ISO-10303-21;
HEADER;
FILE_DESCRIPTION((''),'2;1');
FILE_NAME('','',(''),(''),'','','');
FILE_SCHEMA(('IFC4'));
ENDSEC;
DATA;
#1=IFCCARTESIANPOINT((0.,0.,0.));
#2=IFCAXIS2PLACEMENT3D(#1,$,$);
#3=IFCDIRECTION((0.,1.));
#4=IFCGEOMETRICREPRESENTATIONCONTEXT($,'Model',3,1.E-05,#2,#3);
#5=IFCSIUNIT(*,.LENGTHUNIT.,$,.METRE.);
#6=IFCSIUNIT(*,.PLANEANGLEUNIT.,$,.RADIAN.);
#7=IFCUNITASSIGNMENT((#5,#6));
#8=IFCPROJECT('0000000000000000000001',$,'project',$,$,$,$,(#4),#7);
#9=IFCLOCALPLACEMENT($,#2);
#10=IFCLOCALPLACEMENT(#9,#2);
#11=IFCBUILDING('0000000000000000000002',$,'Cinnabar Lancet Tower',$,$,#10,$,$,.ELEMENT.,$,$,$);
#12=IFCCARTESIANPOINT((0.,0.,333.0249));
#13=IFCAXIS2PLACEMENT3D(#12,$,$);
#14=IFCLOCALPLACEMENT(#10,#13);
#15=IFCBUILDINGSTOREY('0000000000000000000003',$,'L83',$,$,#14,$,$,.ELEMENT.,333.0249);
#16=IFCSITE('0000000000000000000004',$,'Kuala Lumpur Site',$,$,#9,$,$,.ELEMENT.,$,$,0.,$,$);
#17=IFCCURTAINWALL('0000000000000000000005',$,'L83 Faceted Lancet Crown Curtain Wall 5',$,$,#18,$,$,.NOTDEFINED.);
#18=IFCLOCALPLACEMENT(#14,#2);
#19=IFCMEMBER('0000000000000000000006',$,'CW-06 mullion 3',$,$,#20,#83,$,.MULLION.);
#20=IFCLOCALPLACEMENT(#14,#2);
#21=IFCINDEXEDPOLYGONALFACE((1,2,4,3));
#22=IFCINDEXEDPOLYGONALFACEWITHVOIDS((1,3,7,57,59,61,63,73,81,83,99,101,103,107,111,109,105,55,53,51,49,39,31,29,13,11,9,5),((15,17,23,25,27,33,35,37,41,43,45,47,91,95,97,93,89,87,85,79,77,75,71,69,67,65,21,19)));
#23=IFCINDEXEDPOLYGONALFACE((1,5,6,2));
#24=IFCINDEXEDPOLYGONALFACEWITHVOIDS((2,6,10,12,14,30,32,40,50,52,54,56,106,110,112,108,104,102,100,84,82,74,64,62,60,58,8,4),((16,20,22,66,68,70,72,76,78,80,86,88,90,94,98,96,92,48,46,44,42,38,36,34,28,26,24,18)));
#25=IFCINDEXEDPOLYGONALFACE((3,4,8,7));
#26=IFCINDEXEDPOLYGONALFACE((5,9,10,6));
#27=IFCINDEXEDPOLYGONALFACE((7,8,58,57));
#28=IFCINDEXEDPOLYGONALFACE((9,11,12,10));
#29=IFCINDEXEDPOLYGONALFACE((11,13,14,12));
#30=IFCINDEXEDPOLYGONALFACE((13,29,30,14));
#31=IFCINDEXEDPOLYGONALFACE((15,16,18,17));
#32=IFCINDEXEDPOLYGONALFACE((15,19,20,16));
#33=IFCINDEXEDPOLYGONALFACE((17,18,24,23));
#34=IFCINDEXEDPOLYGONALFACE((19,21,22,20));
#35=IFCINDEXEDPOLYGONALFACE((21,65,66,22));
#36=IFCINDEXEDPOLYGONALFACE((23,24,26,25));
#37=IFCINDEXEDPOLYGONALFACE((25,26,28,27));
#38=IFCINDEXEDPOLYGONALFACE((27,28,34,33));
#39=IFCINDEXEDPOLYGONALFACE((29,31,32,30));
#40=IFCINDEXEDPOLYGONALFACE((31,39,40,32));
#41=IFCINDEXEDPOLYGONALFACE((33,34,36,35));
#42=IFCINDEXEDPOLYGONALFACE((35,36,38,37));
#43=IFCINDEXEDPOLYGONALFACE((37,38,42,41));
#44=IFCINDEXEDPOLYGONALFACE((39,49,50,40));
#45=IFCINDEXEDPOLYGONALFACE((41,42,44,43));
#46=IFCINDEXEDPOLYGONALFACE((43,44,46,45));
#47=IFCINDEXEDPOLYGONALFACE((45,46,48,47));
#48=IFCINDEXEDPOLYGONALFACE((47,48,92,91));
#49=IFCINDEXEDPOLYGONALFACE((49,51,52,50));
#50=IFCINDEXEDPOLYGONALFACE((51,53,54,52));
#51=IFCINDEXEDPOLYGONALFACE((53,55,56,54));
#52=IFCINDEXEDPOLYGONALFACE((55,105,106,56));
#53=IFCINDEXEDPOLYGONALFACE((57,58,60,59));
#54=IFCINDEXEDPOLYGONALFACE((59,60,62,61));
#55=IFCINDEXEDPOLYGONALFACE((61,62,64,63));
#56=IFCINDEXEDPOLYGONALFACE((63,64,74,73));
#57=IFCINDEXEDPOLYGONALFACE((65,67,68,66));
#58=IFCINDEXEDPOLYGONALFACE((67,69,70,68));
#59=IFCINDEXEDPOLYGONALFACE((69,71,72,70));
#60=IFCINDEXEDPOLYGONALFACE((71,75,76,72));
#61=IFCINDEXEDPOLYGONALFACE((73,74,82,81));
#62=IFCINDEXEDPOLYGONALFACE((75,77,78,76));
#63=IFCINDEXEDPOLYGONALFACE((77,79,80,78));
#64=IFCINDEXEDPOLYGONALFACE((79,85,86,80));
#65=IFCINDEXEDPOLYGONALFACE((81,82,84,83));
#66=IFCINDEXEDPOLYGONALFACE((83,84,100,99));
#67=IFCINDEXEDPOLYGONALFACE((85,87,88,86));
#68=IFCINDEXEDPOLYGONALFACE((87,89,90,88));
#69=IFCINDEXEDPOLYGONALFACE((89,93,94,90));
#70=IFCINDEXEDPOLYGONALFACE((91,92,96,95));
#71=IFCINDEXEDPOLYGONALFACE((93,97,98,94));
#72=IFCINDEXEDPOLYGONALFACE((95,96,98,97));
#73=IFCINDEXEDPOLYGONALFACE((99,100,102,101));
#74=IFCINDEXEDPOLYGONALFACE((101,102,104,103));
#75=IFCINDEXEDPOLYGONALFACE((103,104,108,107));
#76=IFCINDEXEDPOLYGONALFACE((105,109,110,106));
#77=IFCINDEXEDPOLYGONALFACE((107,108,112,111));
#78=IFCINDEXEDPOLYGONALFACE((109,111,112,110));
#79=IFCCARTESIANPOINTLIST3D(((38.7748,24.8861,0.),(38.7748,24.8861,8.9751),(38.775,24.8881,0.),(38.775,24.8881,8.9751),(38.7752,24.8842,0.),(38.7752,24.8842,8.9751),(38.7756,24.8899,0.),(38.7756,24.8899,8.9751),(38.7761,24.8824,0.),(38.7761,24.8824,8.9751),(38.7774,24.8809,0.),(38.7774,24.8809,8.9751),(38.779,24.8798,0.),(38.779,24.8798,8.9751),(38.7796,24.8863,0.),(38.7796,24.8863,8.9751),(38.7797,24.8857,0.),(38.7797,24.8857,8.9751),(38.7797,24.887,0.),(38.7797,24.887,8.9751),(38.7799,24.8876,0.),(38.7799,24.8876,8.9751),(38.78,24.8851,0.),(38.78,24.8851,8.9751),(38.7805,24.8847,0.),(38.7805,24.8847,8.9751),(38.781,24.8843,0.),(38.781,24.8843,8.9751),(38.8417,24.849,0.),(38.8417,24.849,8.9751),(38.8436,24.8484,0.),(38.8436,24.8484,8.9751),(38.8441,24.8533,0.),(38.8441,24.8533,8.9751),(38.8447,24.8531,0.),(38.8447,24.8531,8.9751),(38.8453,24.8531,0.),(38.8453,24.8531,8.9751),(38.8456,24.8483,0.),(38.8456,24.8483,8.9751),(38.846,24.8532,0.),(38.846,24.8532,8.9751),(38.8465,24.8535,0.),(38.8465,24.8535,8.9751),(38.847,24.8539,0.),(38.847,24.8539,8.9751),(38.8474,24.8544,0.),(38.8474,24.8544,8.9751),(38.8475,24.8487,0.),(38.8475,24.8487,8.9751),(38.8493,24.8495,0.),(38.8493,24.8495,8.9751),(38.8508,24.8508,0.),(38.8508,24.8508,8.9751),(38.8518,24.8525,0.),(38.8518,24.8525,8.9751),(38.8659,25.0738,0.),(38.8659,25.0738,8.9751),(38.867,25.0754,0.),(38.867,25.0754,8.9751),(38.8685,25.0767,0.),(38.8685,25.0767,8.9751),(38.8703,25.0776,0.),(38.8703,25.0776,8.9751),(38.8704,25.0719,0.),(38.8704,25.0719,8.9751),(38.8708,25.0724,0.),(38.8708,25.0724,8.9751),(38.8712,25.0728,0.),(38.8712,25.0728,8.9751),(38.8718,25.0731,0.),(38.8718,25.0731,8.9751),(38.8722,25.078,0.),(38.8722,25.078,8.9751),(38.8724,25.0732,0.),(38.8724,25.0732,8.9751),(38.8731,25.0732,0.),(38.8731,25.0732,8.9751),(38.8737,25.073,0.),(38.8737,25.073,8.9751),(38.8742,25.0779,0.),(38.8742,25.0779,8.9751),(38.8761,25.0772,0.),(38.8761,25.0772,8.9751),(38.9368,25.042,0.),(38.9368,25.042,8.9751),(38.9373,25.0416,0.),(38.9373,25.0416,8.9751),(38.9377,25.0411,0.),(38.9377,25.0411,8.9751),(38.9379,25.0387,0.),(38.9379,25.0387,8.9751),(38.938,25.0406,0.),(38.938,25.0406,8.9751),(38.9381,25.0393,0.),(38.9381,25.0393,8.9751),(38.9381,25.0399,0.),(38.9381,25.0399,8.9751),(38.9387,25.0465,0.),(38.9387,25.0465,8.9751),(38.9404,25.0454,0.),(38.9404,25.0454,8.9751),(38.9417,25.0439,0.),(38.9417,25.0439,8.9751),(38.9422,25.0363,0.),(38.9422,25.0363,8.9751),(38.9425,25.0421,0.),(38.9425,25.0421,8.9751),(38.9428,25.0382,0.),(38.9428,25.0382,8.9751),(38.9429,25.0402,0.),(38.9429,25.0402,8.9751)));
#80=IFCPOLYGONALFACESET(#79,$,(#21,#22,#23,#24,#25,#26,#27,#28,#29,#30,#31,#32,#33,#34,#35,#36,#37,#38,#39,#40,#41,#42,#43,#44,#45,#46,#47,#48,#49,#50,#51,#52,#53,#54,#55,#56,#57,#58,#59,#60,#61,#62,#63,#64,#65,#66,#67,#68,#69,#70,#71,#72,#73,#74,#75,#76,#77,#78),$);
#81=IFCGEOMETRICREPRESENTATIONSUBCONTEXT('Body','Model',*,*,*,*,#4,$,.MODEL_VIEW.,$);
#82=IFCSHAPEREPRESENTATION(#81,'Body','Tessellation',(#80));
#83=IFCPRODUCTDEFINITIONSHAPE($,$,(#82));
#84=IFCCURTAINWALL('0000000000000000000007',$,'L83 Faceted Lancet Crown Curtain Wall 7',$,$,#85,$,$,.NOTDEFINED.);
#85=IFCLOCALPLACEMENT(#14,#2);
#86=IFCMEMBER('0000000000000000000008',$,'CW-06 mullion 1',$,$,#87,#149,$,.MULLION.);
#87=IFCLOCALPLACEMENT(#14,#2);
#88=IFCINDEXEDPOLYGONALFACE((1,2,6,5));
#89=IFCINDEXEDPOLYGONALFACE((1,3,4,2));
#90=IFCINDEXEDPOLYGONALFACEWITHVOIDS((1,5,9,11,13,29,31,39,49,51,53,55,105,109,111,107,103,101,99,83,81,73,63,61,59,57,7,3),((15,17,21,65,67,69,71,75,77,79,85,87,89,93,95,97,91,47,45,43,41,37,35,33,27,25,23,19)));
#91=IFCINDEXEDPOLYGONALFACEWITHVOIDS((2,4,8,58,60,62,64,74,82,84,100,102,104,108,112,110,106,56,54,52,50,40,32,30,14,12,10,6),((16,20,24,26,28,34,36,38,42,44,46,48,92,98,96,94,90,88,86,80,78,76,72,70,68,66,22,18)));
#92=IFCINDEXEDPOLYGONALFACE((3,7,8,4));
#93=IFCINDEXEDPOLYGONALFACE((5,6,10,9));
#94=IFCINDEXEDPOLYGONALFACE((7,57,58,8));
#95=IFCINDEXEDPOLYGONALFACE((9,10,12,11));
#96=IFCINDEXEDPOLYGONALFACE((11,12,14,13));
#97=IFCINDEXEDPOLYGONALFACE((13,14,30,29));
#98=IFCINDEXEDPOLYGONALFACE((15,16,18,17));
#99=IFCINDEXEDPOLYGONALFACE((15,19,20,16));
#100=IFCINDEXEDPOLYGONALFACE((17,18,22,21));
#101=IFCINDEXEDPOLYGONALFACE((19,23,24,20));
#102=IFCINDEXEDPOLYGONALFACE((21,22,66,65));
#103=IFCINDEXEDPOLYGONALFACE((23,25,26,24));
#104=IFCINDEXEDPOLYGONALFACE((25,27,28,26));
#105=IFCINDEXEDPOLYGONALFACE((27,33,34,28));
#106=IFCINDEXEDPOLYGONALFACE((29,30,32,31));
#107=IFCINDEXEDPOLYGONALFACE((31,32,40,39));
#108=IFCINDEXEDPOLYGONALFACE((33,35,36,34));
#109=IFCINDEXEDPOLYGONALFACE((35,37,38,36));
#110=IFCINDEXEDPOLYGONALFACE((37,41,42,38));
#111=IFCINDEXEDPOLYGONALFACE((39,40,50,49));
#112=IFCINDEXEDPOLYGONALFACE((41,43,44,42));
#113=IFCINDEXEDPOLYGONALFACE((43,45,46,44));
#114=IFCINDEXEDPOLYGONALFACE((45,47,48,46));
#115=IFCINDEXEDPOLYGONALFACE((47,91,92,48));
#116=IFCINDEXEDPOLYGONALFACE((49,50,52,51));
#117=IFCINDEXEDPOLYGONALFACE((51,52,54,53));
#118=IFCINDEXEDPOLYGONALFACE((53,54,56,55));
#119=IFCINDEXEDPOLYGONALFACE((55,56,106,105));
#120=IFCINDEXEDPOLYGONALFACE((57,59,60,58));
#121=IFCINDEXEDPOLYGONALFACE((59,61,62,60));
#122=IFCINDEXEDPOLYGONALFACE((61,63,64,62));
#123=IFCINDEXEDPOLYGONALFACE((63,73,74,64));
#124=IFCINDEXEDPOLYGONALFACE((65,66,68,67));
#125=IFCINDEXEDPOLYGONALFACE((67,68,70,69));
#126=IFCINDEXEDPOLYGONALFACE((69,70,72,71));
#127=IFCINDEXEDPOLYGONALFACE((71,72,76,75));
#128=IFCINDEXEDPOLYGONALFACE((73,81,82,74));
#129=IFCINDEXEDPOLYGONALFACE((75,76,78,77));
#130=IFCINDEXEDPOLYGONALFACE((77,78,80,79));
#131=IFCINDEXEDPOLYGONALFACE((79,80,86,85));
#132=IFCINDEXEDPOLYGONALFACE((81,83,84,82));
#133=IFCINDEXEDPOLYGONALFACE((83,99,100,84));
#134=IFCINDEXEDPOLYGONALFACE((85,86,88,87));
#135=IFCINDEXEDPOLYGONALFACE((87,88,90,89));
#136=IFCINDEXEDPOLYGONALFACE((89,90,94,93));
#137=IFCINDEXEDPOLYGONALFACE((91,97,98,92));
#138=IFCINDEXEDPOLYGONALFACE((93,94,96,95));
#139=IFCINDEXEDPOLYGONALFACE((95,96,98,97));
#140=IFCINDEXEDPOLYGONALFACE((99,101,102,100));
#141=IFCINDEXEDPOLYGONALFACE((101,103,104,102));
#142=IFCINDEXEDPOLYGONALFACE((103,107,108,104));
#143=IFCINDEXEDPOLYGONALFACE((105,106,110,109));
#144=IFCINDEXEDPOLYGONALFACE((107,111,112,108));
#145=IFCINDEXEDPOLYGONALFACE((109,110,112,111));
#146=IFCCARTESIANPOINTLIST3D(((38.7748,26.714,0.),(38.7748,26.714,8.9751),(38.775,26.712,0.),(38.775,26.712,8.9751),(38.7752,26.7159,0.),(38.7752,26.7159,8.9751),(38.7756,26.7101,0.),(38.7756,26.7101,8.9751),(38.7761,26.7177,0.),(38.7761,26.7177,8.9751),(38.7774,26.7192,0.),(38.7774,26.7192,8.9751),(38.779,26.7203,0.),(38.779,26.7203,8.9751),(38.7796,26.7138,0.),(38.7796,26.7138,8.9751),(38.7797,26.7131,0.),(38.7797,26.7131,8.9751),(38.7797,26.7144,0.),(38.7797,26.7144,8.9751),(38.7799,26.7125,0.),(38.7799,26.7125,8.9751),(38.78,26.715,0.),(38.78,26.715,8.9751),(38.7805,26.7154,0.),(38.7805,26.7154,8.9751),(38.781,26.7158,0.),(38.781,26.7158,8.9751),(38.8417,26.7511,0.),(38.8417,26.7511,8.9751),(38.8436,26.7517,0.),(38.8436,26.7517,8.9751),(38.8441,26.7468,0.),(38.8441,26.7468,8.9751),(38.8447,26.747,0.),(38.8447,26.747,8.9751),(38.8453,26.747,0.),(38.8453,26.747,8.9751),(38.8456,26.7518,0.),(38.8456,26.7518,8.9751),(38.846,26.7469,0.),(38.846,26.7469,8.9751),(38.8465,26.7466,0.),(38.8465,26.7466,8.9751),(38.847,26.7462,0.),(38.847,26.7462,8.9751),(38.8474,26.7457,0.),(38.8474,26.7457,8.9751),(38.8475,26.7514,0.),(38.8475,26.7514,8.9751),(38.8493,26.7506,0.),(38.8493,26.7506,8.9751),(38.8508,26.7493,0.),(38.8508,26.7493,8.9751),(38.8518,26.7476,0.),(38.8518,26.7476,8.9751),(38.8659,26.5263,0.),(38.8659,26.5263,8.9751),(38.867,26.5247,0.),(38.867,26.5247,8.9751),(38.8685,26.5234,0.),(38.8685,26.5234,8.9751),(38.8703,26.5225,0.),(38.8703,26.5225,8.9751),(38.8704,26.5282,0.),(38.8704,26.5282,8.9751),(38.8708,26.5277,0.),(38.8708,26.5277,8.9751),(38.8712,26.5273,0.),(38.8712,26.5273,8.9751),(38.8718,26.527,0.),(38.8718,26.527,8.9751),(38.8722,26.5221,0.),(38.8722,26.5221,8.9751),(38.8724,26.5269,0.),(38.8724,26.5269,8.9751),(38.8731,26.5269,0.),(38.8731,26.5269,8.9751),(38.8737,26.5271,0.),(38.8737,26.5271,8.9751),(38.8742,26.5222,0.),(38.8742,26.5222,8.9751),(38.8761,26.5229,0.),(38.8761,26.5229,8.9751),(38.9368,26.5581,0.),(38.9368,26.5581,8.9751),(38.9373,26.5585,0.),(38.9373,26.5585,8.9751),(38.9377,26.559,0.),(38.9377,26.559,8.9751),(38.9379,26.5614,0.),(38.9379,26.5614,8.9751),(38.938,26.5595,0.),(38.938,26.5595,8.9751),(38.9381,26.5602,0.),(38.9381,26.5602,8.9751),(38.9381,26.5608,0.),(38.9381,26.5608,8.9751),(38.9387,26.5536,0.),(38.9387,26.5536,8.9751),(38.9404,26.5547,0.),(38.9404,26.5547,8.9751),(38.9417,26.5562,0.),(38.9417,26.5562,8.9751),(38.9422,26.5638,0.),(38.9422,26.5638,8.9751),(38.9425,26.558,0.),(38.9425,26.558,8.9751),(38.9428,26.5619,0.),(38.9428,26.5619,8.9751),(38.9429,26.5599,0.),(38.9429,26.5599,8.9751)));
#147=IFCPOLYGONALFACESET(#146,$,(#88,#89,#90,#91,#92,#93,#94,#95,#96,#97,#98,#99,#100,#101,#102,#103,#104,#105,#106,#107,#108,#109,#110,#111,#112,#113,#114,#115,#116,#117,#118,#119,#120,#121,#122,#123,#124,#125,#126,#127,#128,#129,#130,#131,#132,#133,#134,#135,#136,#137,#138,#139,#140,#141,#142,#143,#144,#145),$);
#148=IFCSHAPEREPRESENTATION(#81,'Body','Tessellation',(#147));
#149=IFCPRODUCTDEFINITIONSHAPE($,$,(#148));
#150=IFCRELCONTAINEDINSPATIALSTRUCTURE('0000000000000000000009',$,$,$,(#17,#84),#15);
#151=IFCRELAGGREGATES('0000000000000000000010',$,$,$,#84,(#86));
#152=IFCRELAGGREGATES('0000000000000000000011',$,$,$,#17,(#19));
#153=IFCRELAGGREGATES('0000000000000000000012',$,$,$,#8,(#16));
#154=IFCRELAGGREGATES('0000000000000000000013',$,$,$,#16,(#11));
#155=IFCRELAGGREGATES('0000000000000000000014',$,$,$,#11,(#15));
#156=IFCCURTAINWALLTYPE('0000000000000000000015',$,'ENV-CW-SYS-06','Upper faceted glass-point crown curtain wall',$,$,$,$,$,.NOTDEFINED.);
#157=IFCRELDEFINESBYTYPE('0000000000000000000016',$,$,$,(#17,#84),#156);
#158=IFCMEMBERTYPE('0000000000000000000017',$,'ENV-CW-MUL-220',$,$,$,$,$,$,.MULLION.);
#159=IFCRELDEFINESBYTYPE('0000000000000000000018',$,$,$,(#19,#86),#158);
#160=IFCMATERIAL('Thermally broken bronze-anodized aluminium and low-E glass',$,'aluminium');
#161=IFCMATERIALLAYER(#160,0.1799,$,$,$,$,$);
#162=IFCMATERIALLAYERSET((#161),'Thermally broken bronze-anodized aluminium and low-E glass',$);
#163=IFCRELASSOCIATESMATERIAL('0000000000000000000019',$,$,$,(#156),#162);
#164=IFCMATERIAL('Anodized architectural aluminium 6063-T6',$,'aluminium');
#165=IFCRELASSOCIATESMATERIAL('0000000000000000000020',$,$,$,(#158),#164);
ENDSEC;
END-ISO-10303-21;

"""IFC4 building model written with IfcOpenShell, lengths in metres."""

from ifc_helpers import new_model, si_unit, direction, frame, origin, origin_2d, place, context, subcontext, project, spatial, hollow_rectangle, extrude, material, layer, layer_set, material_profile, profile_set, type_object, element, aggregate, save


model = new_model("IFC4")

# Units and contexts
model_context = context("Model", 3, precision=1e-05, world=origin(), true_north=direction((0.0, 1.0)))
body_context = subcontext(model_context, "Body", "Model", "MODEL_VIEW")
ifc_project = project(units=[si_unit("LENGTHUNIT", "METRE"), si_unit("PLANEANGLEUNIT", "RADIAN")], contexts=[model_context])

# Site, building, storey
site_placement = place(None, origin())
site = spatial("IfcSite", under=ifc_project, at=site_placement, Name="Kuala Lumpur Site", CompositionType="ELEMENT", RefElevation=0.0)
building_placement = place(site_placement, origin())
building = spatial("IfcBuilding", under=site, at=building_placement, Name="Cinnabar Lancet Tower", CompositionType="ELEMENT")
storey_placement = place(building_placement, frame((0.0, 0.0, 333.0249)))
storey = spatial("IfcBuildingStorey", under=building, at=storey_placement, Name="L83", CompositionType="ELEMENT", Elevation=333.0249)

# Curtain wall, member
ifc_material_1 = material(Name="Thermally broken bronze-anodized aluminium and low-E glass", Category="aluminium")
ifc_layer_1 = layer(ifc_material_1, 0.1799)
ifc_layer_set_1 = layer_set([ifc_layer_1], Name="Thermally broken bronze-anodized aluminium and low-E glass")
curtain_wall_type = type_object("IfcCurtainWallType", Name="ENV-CW-SYS-06", Description="Upper faceted glass-point crown curtain wall", PredefinedType="NOTDEFINED", material=ifc_layer_set_1)
ifc_material_2 = material(Name="Anodized architectural aluminium 6063-T6", Category="aluminium")
ifc_material_profile_1 = material_profile(ifc_material_2, hollow_rectangle(XDim=0.085, YDim=0.22, WallThickness=0.0049, InnerFilletRadius=0.0024, OuterFilletRadius=0.0076, at=origin_2d()), Name="CW-MUL 220x85x5")
ifc_profile_set_1 = profile_set([ifc_material_profile_1], Name="Anodized architectural aluminium 6063-T6")
member_type_1 = type_object("IfcMemberType", Name="ENV-CW-MUL-220", PredefinedType="MULLION", material=ifc_profile_set_1)
curtain_wall_1_placement = place(storey_placement, origin())
curtain_wall_1 = element("IfcCurtainWall", 1, at=curtain_wall_1_placement, inside=storey, type_object=curtain_wall_type, Name="L83 Faceted Lancet Crown Curtain Wall 5", PredefinedType="NOTDEFINED")
member_1_placement = place(storey_placement, frame((38.8589, 24.9631, 0.0), z_axis=(0.0, 0.0, 1.0), x_axis=(-0.89751, 0.440994, 0.0)))
member_1 = element("IfcMember", 2, at=member_1_placement, type_object=member_type_1, Name="CW-06 mullion 3", PredefinedType="MULLION", context=body_context, shape_type="SweptSolid", body=[
    extrude(hollow_rectangle(XDim=0.085, YDim=0.22, WallThickness=0.0049, InnerFilletRadius=0.0024, OuterFilletRadius=0.0076, at=origin_2d()), origin(), (0.0, 0.0, 1.0), 8.9751),
])

# Curtain wall, member
curtain_wall_2_placement = place(storey_placement, origin())
curtain_wall_2 = element("IfcCurtainWall", 3, at=curtain_wall_2_placement, inside=storey, type_object=curtain_wall_type, Name="L83 Faceted Lancet Crown Curtain Wall 7", PredefinedType="NOTDEFINED")
member_2_placement = place(storey_placement, frame((38.8589, 26.637, 0.0), z_axis=(0.0, 0.0, 1.0), x_axis=(-0.89751, -0.440994, 0.0)))
member_2 = element("IfcMember", 4, at=member_2_placement, type_object=member_type_1, Name="CW-06 mullion 1", PredefinedType="MULLION", context=body_context, shape_type="SweptSolid", body=[
    extrude(hollow_rectangle(XDim=0.085, YDim=0.22, WallThickness=0.0049, InnerFilletRadius=0.0024, OuterFilletRadius=0.0076, at=origin_2d()), origin(), (0.0, 0.0, 1.0), 8.9751),
])

aggregate(curtain_wall_2, [member_2])

aggregate(curtain_wall_1, [member_1])

save(model, "model.ifc")
